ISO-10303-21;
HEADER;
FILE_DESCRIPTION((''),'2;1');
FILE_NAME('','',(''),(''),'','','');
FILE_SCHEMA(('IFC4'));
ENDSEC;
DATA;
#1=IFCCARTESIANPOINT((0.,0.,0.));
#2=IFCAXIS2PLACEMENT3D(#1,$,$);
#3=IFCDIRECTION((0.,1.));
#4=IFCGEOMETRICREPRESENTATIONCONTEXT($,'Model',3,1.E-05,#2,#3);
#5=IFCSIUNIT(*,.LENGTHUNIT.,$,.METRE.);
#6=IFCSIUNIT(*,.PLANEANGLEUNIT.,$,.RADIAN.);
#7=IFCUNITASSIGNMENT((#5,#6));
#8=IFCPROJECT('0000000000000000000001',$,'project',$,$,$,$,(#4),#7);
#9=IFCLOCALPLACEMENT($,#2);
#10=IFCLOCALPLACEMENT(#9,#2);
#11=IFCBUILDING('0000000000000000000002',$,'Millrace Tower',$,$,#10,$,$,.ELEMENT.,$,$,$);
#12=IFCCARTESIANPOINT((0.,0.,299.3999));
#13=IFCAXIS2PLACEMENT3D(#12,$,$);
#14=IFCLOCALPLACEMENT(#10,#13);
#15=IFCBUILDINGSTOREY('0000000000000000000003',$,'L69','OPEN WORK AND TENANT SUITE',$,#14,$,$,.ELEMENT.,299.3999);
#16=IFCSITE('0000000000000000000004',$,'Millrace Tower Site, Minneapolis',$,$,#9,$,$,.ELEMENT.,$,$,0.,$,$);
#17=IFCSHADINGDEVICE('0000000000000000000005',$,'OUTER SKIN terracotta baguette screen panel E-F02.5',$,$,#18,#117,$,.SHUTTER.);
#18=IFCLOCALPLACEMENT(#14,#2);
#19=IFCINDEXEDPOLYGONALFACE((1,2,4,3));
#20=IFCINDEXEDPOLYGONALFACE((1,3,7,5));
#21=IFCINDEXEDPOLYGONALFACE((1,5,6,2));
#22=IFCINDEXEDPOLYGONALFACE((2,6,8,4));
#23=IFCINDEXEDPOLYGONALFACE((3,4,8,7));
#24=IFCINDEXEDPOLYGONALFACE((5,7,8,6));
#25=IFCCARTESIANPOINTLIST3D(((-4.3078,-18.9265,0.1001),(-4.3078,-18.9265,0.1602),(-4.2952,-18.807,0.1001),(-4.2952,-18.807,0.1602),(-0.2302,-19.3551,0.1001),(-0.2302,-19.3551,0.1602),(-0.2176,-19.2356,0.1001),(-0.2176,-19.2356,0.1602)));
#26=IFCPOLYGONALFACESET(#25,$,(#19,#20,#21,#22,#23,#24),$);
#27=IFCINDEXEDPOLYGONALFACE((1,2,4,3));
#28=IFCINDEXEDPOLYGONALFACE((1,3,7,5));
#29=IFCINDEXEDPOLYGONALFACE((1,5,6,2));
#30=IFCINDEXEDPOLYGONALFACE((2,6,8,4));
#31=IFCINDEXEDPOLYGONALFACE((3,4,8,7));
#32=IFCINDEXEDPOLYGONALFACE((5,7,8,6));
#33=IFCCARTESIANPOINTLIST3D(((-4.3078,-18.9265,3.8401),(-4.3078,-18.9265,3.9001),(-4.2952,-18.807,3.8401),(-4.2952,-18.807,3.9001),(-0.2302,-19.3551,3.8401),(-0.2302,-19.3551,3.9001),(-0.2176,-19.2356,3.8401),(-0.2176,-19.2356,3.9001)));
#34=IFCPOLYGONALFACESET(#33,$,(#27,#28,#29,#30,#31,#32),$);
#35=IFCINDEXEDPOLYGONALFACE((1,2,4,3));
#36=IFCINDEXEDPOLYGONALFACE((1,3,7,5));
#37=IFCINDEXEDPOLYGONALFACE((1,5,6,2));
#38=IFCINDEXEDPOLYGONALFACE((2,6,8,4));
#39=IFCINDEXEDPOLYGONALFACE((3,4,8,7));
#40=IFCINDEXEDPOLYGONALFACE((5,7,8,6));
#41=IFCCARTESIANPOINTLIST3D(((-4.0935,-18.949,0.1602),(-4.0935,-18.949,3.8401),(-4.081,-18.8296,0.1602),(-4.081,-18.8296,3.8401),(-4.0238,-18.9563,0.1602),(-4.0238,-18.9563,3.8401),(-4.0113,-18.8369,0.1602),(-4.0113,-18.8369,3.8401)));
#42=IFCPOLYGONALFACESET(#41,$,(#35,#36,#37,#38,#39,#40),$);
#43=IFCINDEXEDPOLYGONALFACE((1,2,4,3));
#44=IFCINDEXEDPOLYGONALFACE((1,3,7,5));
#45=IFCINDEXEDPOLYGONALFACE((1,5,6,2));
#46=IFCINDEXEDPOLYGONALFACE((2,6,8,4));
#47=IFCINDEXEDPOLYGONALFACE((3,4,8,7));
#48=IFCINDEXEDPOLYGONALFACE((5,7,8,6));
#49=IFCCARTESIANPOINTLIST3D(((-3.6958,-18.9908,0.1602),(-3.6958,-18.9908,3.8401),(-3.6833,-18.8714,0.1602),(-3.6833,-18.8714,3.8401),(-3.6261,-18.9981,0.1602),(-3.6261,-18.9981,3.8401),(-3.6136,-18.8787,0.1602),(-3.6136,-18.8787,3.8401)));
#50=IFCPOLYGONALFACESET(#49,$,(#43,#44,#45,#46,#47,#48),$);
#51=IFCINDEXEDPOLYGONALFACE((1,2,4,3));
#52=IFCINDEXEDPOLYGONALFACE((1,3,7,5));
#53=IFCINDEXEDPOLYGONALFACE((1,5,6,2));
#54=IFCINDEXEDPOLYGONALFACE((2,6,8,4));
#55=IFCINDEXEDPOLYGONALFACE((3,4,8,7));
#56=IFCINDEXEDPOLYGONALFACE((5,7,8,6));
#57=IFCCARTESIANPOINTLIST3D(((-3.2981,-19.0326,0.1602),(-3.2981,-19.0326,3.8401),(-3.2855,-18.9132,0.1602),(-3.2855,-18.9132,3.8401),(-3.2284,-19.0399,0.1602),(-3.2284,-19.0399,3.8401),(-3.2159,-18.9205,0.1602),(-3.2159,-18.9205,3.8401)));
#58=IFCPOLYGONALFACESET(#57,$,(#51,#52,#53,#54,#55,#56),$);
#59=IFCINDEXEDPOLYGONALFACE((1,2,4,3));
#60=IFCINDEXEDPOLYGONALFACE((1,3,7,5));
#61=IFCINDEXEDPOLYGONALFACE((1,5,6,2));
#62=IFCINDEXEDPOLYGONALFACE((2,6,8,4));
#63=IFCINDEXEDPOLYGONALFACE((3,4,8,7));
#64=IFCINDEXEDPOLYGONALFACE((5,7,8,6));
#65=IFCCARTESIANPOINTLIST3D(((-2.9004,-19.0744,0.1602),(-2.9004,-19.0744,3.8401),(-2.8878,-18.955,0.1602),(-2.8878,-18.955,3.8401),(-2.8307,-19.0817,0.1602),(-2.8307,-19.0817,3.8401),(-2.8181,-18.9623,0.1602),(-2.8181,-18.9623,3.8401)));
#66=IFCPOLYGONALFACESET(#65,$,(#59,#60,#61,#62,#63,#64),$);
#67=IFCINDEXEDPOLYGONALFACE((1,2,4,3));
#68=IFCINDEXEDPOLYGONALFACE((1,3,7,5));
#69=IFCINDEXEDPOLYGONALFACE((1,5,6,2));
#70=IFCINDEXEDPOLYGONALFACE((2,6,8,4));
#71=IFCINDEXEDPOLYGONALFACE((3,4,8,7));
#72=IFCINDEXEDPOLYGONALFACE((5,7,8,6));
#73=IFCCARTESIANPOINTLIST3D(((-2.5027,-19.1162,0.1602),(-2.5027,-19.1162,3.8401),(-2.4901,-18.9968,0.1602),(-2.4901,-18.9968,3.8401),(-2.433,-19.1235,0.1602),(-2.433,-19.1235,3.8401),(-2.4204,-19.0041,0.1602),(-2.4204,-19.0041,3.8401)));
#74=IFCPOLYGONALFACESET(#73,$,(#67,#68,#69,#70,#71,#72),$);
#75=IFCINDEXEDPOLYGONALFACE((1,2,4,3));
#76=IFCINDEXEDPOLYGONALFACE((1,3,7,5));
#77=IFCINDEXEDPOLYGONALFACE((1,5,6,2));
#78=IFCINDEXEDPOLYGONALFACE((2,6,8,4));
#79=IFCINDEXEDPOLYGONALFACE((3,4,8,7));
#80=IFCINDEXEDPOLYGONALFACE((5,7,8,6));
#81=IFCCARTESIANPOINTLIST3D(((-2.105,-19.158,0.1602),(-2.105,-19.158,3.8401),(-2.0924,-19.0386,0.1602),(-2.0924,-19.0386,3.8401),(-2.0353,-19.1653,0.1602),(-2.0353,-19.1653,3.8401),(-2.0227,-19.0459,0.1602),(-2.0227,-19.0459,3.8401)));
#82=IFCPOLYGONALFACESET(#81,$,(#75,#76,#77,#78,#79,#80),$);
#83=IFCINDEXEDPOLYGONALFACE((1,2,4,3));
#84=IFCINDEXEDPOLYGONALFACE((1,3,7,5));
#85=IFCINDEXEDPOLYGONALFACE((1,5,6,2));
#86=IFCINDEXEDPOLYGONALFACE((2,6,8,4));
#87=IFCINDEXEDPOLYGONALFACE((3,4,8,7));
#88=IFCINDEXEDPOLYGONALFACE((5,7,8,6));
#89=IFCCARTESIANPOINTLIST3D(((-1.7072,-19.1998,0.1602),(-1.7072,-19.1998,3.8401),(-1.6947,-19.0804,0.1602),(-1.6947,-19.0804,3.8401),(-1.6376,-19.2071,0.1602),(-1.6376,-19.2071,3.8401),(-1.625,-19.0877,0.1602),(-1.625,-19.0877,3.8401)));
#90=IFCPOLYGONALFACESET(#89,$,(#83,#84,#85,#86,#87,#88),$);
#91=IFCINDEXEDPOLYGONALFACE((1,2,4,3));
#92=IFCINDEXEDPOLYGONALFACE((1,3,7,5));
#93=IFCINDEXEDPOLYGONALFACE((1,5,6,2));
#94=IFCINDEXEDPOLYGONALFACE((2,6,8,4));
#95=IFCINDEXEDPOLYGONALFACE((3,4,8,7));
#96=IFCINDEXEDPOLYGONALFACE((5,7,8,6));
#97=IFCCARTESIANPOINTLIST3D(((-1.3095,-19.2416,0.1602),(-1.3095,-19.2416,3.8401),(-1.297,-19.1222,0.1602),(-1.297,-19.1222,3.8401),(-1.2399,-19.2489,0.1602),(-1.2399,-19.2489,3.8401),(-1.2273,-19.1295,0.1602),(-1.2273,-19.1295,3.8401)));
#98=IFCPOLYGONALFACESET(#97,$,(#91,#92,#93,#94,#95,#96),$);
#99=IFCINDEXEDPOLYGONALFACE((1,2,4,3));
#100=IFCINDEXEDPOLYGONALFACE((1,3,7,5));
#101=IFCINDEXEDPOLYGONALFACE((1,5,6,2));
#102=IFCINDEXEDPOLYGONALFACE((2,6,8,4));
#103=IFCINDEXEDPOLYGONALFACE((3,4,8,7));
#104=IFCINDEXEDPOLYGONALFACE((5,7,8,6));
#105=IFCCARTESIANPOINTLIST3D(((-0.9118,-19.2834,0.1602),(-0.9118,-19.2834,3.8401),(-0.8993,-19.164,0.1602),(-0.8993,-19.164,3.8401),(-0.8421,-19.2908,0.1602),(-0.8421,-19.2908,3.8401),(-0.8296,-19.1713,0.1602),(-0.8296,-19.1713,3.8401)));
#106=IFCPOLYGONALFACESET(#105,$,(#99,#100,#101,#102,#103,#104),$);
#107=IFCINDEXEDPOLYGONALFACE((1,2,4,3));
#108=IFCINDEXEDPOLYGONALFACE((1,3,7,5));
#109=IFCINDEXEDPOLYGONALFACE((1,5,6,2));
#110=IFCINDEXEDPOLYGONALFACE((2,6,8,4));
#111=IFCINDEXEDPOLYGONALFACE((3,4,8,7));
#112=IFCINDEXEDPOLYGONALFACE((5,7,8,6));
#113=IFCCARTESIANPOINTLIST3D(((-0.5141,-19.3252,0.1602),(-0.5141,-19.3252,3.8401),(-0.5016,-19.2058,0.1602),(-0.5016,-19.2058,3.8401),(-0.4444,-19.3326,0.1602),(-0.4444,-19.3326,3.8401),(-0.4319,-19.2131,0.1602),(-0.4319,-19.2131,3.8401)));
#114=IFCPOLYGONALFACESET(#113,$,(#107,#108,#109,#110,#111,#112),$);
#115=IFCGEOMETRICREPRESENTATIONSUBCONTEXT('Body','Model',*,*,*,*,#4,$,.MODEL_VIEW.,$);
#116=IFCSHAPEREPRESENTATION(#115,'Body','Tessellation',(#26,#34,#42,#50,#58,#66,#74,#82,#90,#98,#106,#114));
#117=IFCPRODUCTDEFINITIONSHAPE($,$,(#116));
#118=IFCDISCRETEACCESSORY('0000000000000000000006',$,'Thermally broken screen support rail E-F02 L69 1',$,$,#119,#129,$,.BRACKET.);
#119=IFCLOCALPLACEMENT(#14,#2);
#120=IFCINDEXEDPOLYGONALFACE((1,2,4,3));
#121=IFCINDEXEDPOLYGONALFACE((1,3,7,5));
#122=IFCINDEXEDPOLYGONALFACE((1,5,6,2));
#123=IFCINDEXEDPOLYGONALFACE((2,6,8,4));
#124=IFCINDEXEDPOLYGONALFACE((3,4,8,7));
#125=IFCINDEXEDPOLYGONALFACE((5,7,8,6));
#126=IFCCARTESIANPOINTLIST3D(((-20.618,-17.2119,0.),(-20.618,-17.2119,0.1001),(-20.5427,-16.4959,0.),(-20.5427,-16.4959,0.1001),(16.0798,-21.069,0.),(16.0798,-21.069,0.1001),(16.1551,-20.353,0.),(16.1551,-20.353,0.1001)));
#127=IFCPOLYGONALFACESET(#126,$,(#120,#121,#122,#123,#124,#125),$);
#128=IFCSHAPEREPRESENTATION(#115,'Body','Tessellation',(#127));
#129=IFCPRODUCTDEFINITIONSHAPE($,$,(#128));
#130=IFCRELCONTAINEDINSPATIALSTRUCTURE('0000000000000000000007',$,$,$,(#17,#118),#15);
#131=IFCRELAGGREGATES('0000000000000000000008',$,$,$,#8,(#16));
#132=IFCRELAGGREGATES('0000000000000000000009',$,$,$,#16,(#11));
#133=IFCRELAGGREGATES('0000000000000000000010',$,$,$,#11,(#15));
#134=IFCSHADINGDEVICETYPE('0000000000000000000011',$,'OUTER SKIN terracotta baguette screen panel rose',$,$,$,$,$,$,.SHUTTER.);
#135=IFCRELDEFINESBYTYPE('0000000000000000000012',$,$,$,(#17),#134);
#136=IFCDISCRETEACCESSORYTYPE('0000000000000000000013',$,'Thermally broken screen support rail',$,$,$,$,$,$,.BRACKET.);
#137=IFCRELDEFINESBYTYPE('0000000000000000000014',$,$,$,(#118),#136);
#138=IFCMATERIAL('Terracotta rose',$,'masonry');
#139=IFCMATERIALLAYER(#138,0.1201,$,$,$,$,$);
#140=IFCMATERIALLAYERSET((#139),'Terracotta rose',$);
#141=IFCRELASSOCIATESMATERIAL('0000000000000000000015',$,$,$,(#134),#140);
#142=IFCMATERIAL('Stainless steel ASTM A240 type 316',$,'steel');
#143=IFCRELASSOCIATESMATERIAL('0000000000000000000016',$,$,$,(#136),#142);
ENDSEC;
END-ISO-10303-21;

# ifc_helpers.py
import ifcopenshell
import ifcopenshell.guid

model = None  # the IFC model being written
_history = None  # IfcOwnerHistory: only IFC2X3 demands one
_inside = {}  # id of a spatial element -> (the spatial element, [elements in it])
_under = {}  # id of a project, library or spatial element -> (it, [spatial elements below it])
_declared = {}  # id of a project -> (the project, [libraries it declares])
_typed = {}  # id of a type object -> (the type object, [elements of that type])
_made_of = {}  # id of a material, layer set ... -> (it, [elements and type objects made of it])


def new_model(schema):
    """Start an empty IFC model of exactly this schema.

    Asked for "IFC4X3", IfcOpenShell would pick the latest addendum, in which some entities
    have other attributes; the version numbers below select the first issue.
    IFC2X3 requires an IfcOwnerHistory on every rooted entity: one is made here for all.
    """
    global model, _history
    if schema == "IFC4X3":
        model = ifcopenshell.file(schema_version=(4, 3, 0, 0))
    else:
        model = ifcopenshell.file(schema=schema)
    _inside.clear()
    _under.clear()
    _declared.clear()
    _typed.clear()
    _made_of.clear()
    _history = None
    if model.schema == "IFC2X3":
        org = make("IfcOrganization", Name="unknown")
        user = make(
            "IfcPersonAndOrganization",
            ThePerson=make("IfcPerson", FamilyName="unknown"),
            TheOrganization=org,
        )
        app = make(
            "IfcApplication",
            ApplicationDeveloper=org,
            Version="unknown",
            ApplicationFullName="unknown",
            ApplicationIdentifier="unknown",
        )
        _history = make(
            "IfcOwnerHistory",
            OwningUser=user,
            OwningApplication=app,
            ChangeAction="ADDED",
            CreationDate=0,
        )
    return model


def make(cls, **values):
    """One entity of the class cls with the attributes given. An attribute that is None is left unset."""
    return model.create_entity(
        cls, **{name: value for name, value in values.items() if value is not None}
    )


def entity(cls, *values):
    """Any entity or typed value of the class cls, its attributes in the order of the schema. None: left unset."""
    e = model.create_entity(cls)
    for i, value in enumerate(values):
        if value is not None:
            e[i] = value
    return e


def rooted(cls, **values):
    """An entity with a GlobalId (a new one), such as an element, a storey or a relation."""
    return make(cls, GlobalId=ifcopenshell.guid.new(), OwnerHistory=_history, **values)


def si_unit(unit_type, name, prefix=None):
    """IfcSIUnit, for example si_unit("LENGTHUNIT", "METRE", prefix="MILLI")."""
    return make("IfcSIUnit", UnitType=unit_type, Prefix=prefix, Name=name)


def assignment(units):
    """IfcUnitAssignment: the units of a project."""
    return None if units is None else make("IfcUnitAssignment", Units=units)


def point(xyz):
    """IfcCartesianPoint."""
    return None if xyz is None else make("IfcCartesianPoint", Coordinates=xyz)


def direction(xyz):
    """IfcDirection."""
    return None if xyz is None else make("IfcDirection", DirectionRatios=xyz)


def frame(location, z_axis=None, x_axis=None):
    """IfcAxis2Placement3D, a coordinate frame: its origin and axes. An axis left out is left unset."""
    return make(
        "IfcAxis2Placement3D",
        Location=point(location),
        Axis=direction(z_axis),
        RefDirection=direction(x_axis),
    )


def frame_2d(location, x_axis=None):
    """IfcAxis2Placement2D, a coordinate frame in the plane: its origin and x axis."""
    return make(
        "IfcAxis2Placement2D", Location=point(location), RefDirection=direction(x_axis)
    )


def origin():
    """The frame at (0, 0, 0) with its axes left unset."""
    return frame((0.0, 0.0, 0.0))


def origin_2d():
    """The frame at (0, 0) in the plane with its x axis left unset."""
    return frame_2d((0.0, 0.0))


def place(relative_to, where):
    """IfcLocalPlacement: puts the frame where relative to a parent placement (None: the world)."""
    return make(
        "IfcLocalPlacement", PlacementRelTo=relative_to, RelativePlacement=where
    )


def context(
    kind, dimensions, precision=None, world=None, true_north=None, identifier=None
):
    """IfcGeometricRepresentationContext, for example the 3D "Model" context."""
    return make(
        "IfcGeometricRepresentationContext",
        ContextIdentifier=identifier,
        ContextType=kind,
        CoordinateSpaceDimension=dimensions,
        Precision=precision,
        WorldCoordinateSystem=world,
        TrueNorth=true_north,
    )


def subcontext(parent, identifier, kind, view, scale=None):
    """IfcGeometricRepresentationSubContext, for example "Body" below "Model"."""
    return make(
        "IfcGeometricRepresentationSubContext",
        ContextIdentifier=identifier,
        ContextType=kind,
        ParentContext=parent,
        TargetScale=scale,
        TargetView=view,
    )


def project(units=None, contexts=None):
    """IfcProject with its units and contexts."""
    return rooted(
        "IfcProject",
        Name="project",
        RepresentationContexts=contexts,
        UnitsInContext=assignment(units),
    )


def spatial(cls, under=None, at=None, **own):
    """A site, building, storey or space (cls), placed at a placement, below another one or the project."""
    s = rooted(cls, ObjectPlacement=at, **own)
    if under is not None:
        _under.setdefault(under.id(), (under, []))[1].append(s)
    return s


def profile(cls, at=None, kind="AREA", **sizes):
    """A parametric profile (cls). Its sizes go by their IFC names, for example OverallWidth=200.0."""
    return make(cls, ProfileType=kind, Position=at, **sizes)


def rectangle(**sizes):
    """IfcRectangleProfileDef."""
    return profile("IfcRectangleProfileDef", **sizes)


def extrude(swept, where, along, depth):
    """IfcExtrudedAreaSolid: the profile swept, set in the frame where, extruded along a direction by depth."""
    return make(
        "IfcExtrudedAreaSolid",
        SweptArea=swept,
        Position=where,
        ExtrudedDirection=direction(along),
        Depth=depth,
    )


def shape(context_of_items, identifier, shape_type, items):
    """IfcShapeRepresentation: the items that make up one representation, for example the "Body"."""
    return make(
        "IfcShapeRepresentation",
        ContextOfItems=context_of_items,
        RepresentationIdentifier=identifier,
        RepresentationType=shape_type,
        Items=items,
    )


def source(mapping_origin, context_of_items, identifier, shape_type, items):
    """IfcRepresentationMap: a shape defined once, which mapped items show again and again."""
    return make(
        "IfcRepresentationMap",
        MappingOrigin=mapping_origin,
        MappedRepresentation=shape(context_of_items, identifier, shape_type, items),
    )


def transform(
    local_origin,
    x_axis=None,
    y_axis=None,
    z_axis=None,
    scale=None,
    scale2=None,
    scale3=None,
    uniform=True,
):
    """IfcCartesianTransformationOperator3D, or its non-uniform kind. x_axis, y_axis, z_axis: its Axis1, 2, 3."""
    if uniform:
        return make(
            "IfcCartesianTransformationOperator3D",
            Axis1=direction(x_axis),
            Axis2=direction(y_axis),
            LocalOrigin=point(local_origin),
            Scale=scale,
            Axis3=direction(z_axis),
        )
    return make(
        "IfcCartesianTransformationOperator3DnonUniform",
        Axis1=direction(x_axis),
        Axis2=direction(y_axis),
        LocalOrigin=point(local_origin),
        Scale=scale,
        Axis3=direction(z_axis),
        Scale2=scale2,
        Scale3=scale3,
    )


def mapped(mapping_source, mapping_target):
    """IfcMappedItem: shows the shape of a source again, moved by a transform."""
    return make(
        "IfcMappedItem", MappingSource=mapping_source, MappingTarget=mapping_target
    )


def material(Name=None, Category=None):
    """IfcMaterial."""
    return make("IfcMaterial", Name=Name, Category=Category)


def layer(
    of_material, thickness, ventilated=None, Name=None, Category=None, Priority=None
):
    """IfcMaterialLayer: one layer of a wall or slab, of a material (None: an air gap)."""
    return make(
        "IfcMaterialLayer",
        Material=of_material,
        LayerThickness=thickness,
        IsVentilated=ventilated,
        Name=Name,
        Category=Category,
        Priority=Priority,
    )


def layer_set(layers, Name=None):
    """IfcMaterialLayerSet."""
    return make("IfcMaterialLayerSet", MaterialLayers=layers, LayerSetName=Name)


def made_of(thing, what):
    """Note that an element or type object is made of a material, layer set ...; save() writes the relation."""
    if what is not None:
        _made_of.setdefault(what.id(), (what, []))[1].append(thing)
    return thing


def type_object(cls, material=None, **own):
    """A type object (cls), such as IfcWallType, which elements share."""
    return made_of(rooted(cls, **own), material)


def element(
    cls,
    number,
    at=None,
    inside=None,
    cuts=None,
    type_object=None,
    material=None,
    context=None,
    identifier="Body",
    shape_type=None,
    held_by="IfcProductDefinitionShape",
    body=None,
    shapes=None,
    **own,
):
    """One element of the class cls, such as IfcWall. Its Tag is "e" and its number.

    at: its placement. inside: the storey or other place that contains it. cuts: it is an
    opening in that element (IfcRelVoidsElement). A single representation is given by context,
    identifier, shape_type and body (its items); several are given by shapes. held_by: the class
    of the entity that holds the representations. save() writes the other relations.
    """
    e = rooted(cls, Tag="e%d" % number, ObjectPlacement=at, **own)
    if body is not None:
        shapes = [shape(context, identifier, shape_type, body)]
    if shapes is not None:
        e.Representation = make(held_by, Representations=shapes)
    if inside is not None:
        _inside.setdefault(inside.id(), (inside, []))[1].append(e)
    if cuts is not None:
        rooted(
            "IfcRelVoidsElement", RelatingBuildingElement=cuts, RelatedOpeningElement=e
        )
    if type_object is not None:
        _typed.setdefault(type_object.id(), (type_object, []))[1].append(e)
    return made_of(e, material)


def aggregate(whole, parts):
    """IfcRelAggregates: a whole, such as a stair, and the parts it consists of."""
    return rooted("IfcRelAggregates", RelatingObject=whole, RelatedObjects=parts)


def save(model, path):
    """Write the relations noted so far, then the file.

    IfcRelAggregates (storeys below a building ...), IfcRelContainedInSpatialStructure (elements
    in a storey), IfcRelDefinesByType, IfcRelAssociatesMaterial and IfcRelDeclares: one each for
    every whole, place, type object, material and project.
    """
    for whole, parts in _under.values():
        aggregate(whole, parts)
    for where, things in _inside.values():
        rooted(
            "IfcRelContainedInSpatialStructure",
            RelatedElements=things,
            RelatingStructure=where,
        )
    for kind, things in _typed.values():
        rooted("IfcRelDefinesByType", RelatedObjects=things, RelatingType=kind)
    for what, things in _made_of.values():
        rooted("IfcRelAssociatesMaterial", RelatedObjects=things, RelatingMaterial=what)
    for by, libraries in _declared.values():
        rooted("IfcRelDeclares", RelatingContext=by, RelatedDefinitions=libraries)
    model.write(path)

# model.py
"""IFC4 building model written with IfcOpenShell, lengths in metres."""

from ifc_helpers import new_model, entity, si_unit, direction, frame, frame_2d, origin, origin_2d, place, context, subcontext, project, spatial, rectangle, extrude, source, transform, mapped, material, layer, layer_set, type_object, element, save


model = new_model("IFC4")

# Units and contexts
model_context = context("Model", 3, precision=1e-05, world=origin(), true_north=direction((0.0, 1.0)))
body_context = subcontext(model_context, "Body", "Model", "MODEL_VIEW")
ifc_project = project(units=[si_unit("LENGTHUNIT", "METRE"), si_unit("PLANEANGLEUNIT", "RADIAN")], contexts=[model_context])

# Site, building, storey
site_placement = place(None, origin())
site = spatial("IfcSite", under=ifc_project, at=site_placement, Name="Millrace Tower Site, Minneapolis", CompositionType="ELEMENT", RefElevation=0.0)
building_placement = place(site_placement, origin())
building = spatial("IfcBuilding", under=site, at=building_placement, Name="Millrace Tower", CompositionType="ELEMENT")
storey_placement = place(building_placement, frame((0.0, 0.0, 299.3999)))
storey = spatial("IfcBuildingStorey", under=building, at=storey_placement, Name="L69", Description="OPEN WORK AND TENANT SUITE", CompositionType="ELEMENT", Elevation=299.3999)

# Shading device
ifc_material_1 = material(Name="Terracotta rose", Category="masonry")
ifc_layer_1 = layer(ifc_material_1, 0.1201)
ifc_layer_set_1 = layer_set([ifc_layer_1], Name="Terracotta rose")
shading_device_type = type_object("IfcShadingDeviceType", Name="OUTER SKIN terracotta baguette screen panel rose", PredefinedType="SHUTTER", material=ifc_layer_set_1)
cartesian_point = entity("IfcCartesianPoint", [-2.05, 0.0601])
shared_polyline = entity("IfcPolyline", [cartesian_point, entity("IfcCartesianPoint", [2.05, 0.0601]), entity("IfcCartesianPoint", [2.05, -0.0601]), entity("IfcCartesianPoint", [-2.05, -0.0601]), cartesian_point])
shared_shape = source(origin(), body_context, "Body", "SweptSolid", [
    entity("IfcExtrudedAreaSolid", entity("IfcArbitraryClosedProfileDef", "AREA", None, shared_polyline), entity("IfcAxis2Placement3D", entity("IfcCartesianPoint", [0.0, 0.0, 0.0])), entity("IfcDirection", [0.0, 0.0, 1.0]), 0.0601),
    entity("IfcExtrudedAreaSolid", entity("IfcArbitraryClosedProfileDef", "AREA", None, shared_polyline), entity("IfcAxis2Placement3D", entity("IfcCartesianPoint", [0.0, 0.0, 3.74])), entity("IfcDirection", [0.0, 0.0, 1.0]), 0.0601),
    extrude(rectangle(XDim=0.0701, YDim=0.1201, at=frame_2d((-1.7996, 0.0))), frame((0.0, 0.0, 0.0601)), (0.0, 0.0, 1.0), 3.6799),
    extrude(rectangle(XDim=0.0701, YDim=0.1201, at=frame_2d((-1.3997, 0.0))), frame((0.0, 0.0, 0.0601)), (0.0, 0.0, 1.0), 3.6799),
    extrude(rectangle(XDim=0.0701, YDim=0.1201, at=frame_2d((-0.9998, 0.0))), frame((0.0, 0.0, 0.0601)), (0.0, 0.0, 1.0), 3.6799),
    extrude(rectangle(XDim=0.0701, YDim=0.1201, at=frame_2d((-0.5999, 0.0))), frame((0.0, 0.0, 0.0601)), (0.0, 0.0, 1.0), 3.6799),
    extrude(rectangle(XDim=0.0701, YDim=0.1201, at=frame_2d((-0.2, 0.0))), frame((0.0, 0.0, 0.0601)), (0.0, 0.0, 1.0), 3.6799),
    extrude(rectangle(XDim=0.0701, YDim=0.1201, at=frame_2d((0.2, 0.0))), frame((0.0, 0.0, 0.0601)), (0.0, 0.0, 1.0), 3.6799),
    extrude(rectangle(XDim=0.0701, YDim=0.1201, at=frame_2d((0.5999, 0.0))), frame((0.0, 0.0, 0.0601)), (0.0, 0.0, 1.0), 3.6799),
    extrude(rectangle(XDim=0.0701, YDim=0.1201, at=frame_2d((0.9998, 0.0))), frame((0.0, 0.0, 0.0601)), (0.0, 0.0, 1.0), 3.6799),
    extrude(rectangle(XDim=0.0701, YDim=0.1201, at=frame_2d((1.3997, 0.0))), frame((0.0, 0.0, 0.0601)), (0.0, 0.0, 1.0), 3.6799),
    extrude(rectangle(XDim=0.0701, YDim=0.1201, at=frame_2d((1.7996, 0.0))), frame((0.0, 0.0, 0.0601)), (0.0, 0.0, 1.0), 3.6799),
])
for number, where, z_axis, x_axis, name in (
    (1, (-2.2627, -19.0811, 0.1001), (0.0, 0.0, 1.0), (0.994522, -0.104528, 0.0), "OUTER SKIN terracotta baguette screen panel E-F02.5"),
):
    element("IfcShadingDevice", number, at=place(storey_placement, frame(where, z_axis=z_axis, x_axis=x_axis)), inside=storey, type_object=shading_device_type, Name=name, PredefinedType="SHUTTER", context=body_context, shape_type="MappedRepresentation", body=[
        mapped(shared_shape, transform((0.0, 0.0, 0.0), scale=1.0)),
    ])

# Discrete accessory
ifc_material_2 = material(Name="Stainless steel ASTM A240 type 316", Category="steel")
discrete_accessory_type = type_object("IfcDiscreteAccessoryType", Name="Thermally broken screen support rail", PredefinedType="BRACKET", material=ifc_material_2)
discrete_accessory_placement = place(storey_placement, frame((-2.2314, -18.7825, 0.0), z_axis=(0.0, 0.0, 1.0), x_axis=(0.994522, -0.104528, 0.0)))
element("IfcDiscreteAccessory", 2, at=discrete_accessory_placement, inside=storey, type_object=discrete_accessory_type, Name="Thermally broken screen support rail E-F02 L69 1", PredefinedType="BRACKET", context=body_context, shape_type="SweptSolid", body=[
    extrude(rectangle(XDim=36.8999, YDim=0.72, at=origin_2d()), origin(), (0.0, 0.0, 1.0), 0.1001),
])

save(model, "model.ifc")
